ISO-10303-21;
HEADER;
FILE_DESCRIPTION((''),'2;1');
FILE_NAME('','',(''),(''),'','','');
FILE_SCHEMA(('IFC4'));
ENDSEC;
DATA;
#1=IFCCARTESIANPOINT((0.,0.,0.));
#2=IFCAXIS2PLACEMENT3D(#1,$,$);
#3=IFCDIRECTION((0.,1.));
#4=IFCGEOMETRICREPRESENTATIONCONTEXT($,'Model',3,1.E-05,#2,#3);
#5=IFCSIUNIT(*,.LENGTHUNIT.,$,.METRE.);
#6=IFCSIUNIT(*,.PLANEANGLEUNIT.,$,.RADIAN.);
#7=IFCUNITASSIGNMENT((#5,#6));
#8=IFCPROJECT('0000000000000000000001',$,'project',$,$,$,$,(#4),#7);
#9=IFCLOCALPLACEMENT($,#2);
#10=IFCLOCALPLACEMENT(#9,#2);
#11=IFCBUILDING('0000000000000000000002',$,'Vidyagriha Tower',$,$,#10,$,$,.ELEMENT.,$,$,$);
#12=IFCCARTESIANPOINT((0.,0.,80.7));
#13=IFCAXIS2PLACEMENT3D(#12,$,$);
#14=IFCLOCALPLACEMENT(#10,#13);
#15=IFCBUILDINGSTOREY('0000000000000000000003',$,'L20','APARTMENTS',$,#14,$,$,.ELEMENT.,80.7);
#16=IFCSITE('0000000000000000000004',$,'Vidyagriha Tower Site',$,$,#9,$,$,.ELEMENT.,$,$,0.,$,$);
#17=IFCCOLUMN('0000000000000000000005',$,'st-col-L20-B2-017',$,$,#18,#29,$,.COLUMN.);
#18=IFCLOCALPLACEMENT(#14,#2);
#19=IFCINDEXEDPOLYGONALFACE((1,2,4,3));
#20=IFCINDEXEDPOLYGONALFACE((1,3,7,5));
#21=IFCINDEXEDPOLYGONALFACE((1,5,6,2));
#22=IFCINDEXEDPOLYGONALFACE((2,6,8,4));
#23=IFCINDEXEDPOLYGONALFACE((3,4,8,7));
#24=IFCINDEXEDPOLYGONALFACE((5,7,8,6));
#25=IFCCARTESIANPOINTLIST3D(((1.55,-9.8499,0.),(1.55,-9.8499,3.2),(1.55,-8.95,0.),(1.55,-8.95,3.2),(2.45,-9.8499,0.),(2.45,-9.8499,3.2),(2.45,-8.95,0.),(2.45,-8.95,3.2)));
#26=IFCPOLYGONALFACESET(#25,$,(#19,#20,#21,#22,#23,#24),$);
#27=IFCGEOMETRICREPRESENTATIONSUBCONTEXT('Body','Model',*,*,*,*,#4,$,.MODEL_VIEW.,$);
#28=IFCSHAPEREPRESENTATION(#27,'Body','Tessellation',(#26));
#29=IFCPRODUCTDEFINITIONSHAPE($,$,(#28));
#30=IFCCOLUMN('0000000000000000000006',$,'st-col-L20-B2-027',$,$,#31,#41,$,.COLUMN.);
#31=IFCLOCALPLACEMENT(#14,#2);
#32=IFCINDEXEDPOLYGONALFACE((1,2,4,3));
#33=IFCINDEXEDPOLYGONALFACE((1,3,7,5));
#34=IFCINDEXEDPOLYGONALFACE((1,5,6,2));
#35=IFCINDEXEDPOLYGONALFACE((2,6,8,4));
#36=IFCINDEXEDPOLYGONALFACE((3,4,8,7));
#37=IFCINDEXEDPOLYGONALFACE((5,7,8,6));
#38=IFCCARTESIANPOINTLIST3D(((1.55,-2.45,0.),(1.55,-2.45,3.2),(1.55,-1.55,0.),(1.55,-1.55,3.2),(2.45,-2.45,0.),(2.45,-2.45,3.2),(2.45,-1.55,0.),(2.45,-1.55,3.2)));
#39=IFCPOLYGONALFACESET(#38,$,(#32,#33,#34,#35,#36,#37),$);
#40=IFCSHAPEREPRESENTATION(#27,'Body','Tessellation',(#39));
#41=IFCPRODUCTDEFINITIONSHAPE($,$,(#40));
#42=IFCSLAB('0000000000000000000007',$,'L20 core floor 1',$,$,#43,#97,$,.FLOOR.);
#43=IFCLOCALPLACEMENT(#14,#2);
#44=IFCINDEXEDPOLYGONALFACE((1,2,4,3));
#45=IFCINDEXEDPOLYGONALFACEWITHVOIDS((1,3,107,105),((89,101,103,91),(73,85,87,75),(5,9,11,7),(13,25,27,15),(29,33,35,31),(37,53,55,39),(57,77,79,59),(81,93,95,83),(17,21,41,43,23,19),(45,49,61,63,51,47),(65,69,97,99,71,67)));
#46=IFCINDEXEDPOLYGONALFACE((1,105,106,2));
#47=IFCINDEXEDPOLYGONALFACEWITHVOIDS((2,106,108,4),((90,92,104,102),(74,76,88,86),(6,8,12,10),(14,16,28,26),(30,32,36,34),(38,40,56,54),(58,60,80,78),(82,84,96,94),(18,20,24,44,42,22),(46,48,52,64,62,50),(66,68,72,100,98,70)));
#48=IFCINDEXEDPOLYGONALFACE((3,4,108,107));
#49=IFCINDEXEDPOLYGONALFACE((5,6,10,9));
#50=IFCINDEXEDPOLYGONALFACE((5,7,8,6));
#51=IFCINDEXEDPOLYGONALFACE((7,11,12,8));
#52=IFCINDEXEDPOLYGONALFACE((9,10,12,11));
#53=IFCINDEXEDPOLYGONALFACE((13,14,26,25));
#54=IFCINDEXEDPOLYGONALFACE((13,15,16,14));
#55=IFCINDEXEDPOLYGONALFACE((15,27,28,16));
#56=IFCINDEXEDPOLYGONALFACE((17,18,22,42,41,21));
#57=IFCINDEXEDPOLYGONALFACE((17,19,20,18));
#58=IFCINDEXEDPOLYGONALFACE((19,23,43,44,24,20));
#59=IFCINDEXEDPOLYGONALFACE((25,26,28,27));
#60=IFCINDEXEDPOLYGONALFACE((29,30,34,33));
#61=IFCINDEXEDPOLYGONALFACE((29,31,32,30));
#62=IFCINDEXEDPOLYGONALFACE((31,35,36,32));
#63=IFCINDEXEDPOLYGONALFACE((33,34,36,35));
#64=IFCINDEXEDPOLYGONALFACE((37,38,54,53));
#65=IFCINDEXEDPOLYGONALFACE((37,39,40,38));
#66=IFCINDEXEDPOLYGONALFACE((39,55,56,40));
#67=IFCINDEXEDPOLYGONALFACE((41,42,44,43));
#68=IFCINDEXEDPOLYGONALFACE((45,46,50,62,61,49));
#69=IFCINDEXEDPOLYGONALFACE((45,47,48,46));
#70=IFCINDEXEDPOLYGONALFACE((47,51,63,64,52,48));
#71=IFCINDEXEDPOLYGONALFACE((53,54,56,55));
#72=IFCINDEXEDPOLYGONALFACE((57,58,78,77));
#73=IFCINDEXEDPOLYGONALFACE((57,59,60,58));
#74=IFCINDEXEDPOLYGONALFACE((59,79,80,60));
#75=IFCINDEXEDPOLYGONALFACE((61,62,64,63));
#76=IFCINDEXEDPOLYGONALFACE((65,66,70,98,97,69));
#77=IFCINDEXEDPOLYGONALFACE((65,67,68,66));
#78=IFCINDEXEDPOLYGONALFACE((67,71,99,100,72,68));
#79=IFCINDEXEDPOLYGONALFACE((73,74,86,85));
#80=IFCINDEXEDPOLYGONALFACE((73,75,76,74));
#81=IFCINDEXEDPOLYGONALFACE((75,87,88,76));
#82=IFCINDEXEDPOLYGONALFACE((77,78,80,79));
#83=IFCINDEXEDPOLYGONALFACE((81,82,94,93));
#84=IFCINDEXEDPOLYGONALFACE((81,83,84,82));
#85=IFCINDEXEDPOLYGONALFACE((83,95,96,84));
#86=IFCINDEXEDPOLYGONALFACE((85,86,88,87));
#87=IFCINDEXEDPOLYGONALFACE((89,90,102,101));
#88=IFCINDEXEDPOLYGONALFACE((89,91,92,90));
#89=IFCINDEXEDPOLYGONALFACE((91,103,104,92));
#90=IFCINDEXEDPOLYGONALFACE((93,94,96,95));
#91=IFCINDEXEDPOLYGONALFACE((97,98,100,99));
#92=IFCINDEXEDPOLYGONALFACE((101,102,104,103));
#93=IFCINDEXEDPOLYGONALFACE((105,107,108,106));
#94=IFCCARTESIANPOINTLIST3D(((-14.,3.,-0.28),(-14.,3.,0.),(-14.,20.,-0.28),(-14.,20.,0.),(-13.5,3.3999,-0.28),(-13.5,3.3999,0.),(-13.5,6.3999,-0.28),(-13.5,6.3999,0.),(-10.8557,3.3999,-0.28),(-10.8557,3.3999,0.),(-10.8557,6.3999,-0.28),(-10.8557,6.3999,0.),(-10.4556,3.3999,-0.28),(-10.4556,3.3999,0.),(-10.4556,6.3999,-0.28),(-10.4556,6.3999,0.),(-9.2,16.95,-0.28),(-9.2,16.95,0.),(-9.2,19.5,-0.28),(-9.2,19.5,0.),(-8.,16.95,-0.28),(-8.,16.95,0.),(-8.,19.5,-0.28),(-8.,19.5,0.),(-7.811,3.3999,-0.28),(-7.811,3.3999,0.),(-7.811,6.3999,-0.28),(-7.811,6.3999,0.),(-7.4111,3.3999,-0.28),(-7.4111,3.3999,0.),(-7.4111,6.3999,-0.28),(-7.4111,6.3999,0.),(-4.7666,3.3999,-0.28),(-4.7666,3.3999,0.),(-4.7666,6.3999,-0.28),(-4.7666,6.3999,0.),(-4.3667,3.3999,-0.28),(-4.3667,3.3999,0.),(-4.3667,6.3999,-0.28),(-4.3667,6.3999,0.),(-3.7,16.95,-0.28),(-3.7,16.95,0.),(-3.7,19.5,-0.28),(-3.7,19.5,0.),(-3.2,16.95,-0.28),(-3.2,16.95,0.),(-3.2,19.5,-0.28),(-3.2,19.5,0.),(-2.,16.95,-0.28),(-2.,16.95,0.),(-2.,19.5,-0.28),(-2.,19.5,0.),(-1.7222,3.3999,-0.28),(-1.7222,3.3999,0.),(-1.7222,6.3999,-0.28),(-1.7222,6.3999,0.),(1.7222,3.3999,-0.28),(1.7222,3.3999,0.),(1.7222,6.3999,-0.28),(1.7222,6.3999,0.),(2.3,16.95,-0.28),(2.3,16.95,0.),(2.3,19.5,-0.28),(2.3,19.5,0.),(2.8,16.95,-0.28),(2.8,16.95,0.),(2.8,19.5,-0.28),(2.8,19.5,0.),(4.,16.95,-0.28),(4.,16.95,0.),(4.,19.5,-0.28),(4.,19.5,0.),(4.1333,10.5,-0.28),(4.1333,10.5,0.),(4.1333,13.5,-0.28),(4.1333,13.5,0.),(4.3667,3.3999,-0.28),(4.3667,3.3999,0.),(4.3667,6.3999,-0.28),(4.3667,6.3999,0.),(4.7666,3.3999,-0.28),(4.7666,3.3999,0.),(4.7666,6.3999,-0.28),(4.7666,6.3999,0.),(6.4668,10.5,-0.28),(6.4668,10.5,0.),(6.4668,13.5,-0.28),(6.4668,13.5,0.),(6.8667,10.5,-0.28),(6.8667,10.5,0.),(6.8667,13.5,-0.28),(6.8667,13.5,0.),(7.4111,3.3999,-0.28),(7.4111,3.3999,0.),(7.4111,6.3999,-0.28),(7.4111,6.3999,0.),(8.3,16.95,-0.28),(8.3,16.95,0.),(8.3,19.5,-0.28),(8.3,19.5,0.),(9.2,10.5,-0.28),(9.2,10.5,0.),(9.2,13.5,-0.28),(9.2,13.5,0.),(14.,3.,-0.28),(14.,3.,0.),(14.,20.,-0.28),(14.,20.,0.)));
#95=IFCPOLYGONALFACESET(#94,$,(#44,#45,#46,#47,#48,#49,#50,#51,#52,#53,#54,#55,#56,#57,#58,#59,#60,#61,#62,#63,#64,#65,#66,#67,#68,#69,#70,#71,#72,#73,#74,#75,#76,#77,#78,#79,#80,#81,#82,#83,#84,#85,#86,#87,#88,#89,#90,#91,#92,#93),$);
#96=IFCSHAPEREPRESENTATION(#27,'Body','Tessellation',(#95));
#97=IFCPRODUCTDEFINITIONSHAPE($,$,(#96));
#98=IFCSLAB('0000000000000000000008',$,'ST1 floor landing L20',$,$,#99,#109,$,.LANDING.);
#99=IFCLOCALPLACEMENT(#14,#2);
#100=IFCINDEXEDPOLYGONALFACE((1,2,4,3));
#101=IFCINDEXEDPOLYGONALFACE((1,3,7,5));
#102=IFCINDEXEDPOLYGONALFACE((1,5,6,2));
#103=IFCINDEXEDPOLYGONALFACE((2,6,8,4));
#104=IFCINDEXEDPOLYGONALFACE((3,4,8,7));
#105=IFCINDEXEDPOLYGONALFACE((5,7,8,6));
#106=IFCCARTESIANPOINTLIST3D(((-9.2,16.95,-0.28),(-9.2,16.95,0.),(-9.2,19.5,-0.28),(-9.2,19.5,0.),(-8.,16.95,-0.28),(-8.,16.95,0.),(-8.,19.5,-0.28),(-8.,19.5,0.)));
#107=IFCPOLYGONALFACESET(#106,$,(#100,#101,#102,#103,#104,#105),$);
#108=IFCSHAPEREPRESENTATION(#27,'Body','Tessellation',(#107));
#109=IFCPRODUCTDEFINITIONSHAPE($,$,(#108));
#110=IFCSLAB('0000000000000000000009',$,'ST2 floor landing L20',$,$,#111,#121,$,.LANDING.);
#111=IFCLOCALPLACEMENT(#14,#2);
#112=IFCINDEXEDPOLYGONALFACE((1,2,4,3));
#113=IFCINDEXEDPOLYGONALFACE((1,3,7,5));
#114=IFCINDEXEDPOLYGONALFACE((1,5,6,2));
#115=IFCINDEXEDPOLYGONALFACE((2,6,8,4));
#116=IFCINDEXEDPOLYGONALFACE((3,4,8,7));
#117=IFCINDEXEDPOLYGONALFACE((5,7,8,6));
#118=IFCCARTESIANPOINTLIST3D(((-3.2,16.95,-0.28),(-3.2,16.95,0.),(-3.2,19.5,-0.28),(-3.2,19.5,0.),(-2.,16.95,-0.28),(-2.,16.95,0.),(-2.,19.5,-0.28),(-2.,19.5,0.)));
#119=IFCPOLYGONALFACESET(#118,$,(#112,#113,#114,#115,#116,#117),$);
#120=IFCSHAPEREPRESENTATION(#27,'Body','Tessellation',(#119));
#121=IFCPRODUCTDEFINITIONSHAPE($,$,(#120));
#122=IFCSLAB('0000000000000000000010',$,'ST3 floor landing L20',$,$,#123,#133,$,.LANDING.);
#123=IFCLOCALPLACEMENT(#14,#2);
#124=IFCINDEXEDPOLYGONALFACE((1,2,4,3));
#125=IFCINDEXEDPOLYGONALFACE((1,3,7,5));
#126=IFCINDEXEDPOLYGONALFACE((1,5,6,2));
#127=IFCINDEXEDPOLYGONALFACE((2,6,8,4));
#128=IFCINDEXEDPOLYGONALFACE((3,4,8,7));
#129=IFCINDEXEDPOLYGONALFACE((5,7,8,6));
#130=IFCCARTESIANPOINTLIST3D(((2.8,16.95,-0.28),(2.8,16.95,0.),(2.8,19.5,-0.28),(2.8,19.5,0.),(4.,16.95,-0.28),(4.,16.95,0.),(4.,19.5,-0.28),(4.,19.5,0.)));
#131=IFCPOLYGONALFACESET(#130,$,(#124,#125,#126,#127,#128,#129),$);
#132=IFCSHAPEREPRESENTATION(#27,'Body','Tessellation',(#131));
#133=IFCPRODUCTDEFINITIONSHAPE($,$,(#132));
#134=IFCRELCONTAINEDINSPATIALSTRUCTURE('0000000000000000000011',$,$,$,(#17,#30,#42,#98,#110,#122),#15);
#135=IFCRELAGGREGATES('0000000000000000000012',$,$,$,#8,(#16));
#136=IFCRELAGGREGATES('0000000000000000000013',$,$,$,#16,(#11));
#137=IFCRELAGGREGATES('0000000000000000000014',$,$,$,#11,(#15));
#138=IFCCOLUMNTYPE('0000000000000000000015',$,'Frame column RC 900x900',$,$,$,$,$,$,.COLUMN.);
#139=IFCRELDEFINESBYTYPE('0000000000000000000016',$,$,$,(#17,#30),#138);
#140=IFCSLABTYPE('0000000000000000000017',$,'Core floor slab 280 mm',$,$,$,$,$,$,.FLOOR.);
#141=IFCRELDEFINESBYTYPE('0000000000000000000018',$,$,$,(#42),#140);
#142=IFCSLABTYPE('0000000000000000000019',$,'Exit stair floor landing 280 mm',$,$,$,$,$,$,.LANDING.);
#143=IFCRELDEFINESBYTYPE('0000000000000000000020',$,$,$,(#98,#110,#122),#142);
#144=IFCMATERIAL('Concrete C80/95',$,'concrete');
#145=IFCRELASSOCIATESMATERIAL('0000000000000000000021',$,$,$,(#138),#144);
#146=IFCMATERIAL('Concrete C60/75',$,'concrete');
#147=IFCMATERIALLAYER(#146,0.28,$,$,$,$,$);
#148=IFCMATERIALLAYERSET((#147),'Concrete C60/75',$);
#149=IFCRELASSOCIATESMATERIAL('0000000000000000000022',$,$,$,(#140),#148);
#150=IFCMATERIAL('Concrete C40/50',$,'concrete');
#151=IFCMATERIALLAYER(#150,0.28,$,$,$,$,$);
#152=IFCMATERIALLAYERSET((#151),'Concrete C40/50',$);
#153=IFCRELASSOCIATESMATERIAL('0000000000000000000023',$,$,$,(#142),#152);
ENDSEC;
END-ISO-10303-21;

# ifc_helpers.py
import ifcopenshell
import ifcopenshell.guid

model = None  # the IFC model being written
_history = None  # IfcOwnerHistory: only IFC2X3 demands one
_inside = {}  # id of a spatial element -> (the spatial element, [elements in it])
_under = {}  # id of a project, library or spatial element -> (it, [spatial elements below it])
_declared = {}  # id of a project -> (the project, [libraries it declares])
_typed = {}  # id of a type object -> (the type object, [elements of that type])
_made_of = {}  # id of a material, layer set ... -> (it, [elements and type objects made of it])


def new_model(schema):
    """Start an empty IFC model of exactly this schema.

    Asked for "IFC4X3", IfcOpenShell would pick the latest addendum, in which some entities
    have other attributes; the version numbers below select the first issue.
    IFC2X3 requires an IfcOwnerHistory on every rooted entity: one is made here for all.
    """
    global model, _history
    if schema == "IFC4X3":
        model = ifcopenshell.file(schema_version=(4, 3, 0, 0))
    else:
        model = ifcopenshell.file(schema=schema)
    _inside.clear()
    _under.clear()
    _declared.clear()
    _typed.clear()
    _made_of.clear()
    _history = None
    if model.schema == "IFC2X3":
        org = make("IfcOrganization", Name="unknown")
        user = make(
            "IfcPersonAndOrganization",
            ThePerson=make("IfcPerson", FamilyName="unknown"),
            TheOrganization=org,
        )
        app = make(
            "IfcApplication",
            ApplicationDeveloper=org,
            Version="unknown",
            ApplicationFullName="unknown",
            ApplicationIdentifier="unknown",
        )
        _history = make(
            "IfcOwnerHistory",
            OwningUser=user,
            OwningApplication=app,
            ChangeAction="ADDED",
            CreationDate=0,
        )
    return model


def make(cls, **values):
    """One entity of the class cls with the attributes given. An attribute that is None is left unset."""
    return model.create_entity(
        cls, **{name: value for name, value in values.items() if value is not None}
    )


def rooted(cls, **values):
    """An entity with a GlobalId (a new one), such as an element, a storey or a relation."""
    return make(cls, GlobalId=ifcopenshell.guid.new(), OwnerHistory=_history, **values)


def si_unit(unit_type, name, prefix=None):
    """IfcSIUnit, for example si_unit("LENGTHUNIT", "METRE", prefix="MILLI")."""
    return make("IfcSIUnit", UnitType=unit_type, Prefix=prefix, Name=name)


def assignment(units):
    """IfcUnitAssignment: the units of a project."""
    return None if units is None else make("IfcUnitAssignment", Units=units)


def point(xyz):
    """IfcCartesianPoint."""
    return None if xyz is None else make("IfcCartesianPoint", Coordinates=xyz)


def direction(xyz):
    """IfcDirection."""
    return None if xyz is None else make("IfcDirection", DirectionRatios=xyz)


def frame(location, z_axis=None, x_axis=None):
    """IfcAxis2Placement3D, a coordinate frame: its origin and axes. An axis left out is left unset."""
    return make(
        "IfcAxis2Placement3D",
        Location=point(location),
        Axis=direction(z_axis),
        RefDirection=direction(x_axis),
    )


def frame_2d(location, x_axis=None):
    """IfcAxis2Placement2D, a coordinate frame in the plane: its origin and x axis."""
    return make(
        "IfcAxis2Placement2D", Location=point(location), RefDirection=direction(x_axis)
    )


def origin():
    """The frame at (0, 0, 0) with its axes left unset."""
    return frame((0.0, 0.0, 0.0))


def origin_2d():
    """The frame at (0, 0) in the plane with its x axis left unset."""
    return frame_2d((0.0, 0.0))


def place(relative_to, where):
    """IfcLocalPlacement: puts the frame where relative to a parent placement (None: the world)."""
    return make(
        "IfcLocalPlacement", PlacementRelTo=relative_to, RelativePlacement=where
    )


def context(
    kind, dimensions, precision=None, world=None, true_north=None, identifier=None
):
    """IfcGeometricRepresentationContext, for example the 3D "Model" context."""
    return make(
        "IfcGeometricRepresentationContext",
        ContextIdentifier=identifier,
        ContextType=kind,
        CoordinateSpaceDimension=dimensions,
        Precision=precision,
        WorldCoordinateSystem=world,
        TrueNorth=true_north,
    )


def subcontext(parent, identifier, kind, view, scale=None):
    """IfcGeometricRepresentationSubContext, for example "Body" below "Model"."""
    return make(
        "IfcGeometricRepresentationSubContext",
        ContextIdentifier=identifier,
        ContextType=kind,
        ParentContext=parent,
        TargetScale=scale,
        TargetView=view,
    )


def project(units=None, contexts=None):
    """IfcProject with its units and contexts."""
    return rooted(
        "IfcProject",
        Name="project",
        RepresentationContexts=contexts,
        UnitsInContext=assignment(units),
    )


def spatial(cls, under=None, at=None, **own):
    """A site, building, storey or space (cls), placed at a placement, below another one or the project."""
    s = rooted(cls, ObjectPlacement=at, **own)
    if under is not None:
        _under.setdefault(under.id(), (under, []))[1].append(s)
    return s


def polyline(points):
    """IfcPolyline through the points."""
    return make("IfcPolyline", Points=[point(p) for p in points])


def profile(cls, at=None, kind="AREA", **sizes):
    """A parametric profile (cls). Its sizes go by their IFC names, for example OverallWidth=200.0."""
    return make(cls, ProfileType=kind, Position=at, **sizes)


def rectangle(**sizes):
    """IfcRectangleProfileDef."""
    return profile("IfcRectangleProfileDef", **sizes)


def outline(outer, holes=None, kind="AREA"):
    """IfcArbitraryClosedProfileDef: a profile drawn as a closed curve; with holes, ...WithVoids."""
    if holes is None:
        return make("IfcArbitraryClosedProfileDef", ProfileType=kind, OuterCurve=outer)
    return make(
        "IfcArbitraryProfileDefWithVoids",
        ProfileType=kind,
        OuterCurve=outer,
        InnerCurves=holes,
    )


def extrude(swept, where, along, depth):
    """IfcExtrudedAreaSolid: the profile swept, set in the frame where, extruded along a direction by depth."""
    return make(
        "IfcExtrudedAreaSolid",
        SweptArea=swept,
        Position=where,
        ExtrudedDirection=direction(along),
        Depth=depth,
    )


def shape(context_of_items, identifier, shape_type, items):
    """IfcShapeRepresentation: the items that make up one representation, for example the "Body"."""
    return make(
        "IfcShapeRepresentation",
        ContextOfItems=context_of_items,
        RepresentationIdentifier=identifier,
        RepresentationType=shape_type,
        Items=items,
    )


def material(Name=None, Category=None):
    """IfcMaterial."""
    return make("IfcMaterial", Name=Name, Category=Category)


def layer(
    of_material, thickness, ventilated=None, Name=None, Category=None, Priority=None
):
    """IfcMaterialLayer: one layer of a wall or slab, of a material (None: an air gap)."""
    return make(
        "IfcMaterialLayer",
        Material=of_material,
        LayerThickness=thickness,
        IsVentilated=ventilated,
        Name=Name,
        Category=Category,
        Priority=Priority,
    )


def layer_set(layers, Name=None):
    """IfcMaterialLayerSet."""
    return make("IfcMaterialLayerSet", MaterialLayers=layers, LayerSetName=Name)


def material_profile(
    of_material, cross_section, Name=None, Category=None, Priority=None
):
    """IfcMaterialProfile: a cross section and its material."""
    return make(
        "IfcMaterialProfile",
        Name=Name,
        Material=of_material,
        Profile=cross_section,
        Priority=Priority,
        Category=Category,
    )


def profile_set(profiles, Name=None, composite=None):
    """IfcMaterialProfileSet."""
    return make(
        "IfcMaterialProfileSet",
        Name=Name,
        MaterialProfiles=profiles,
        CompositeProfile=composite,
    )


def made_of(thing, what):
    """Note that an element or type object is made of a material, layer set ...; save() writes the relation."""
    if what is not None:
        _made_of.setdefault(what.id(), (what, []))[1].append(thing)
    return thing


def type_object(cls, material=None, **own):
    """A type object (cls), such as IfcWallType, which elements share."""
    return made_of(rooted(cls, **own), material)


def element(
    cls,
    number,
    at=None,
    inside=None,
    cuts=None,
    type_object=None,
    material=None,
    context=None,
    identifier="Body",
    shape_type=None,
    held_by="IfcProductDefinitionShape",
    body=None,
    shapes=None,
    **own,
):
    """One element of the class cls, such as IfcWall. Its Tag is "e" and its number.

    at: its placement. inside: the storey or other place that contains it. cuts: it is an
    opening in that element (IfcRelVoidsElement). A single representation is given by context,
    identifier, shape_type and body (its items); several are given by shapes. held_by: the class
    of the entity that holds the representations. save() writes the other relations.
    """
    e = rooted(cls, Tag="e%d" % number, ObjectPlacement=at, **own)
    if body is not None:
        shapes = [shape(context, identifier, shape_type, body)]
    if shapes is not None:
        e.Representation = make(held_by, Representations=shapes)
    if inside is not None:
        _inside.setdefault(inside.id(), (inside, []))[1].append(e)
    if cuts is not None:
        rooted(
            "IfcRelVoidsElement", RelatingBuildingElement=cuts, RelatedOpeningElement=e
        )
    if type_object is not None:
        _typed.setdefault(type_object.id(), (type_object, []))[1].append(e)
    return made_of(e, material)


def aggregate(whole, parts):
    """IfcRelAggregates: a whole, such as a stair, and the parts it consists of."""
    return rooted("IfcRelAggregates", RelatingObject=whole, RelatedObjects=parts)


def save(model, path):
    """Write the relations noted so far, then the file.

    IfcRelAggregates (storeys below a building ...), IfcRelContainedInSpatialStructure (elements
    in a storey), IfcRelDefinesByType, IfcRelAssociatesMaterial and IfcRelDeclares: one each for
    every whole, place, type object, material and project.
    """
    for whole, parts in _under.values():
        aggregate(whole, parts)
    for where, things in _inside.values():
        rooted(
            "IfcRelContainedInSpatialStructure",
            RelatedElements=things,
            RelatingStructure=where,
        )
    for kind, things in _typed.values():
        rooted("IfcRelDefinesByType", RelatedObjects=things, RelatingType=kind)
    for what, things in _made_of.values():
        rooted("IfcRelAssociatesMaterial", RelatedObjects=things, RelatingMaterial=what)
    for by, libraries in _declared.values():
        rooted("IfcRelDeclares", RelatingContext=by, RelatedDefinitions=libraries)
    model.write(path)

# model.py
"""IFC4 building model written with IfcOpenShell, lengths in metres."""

from ifc_helpers import new_model, si_unit, direction, frame, origin, origin_2d, place, context, subcontext, project, spatial, polyline, rectangle, outline, extrude, material, layer, layer_set, material_profile, profile_set, type_object, element, save


model = new_model("IFC4")

# Units and contexts
model_context = context("Model", 3, precision=1e-05, world=origin(), true_north=direction((0.0, 1.0)))
body_context = subcontext(model_context, "Body", "Model", "MODEL_VIEW")
ifc_project = project(units=[si_unit("LENGTHUNIT", "METRE"), si_unit("PLANEANGLEUNIT", "RADIAN")], contexts=[model_context])

# Site, building, storey
site_placement = place(None, origin())
site = spatial("IfcSite", under=ifc_project, at=site_placement, Name="Vidyagriha Tower Site", CompositionType="ELEMENT", RefElevation=0.0)
building_placement = place(site_placement, origin())
building = spatial("IfcBuilding", under=site, at=building_placement, Name="Vidyagriha Tower", CompositionType="ELEMENT")
storey_placement = place(building_placement, frame((0.0, 0.0, 80.7)))
storey = spatial("IfcBuildingStorey", under=building, at=storey_placement, Name="L20", Description="APARTMENTS", CompositionType="ELEMENT", Elevation=80.7)

# Columns
ifc_material_1 = material(Name="Concrete C80/95", Category="concrete")
ifc_material_profile = material_profile(ifc_material_1, rectangle(XDim=0.8999, YDim=0.8999, at=origin_2d()), Name="RC 900x900")
ifc_profile_set = profile_set([ifc_material_profile], Name="Concrete C80/95")
column_type = type_object("IfcColumnType", Name="Frame column RC 900x900", PredefinedType="COLUMN", material=ifc_profile_set)
for number, where, name in (
    (1, (2.0, -9.3999, 0.0), "st-col-L20-B2-017"),
    (2, (2.0, -2.0, 0.0), "st-col-L20-B2-027"),
):
    element("IfcColumn", number, at=place(storey_placement, frame(where)), inside=storey, type_object=column_type, Name=name, PredefinedType="COLUMN", context=body_context, shape_type="SweptSolid", body=[
        extrude(rectangle(XDim=0.8999, YDim=0.8999, at=origin_2d()), origin(), (0.0, 0.0, 1.0), 3.2),
    ])

# Slabs
ifc_material_2 = material(Name="Concrete C60/75", Category="concrete")
ifc_layer_1 = layer(ifc_material_2, 0.28)
ifc_layer_set_1 = layer_set([ifc_layer_1], Name="Concrete C60/75")
slab_type_1 = type_object("IfcSlabType", Name="Core floor slab 280 mm", PredefinedType="FLOOR", material=ifc_layer_set_1)
slab_1_placement = place(storey_placement, frame((0.0, 0.0, -0.28)))
element("IfcSlab", 3, at=slab_1_placement, inside=storey, type_object=slab_type_1, Name="L20 core floor 1", PredefinedType="FLOOR", context=body_context, shape_type="SweptSolid", body=[
    extrude(outline(polyline([(-14.0, 3.0), (-14.0, 20.0), (14.0, 20.0), (14.0, 3.0), (-14.0, 3.0)]), holes=[polyline([(9.2, 13.5), (6.8667, 13.5), (6.8667, 10.5), (9.2, 10.5), (9.2, 13.5)]), polyline([(4.0, 19.5), (2.8, 19.5), (2.8, 16.95), (4.0, 16.95), (8.3, 16.95), (8.3, 19.5), (4.0, 19.5)]), polyline([(7.4111, 6.3999), (4.7666, 6.3999), (4.7666, 3.3999), (7.4111, 3.3999), (7.4111, 6.3999)]), polyline([(6.4668, 13.5), (4.1333, 13.5), (4.1333, 10.5), (6.4668, 10.5), (6.4668, 13.5)]), polyline([(1.7222, 6.3999), (1.7222, 3.3999), (4.3667, 3.3999), (4.3667, 6.3999), (1.7222, 6.3999)]), polyline([(-2.0, 16.95), (2.3, 16.95), (2.3, 19.5), (-2.0, 19.5), (-3.2, 19.5), (-3.2, 16.95), (-2.0, 16.95)]), polyline([(-1.7222, 6.3999), (-4.3667, 6.3999), (-4.3667, 3.3999), (-1.7222, 3.3999), (-1.7222, 6.3999)]), polyline([(-8.0, 19.5), (-9.2, 19.5), (-9.2, 16.95), (-8.0, 16.95), (-3.7, 16.95), (-3.7, 19.5), (-8.0, 19.5)]), polyline([(-4.7666, 6.3999), (-7.4111, 6.3999), (-7.4111, 3.3999), (-4.7666, 3.3999), (-4.7666, 6.3999)]), polyline([(-7.811, 6.3999), (-10.4556, 6.3999), (-10.4556, 3.3999), (-7.811, 3.3999), (-7.811, 6.3999)]), polyline([(-13.5, 6.3999), (-13.5, 3.3999), (-10.8557, 3.3999), (-10.8557, 6.3999), (-13.5, 6.3999)])]), origin(), (0.0, 0.0, 1.0), 0.28),
])
ifc_material_3 = material(Name="Concrete C40/50", Category="concrete")
ifc_layer_2 = layer(ifc_material_3, 0.28)
ifc_layer_set_2 = layer_set([ifc_layer_2], Name="Concrete C40/50")
slab_type_2 = type_object("IfcSlabType", Name="Exit stair floor landing 280 mm", PredefinedType="LANDING", material=ifc_layer_set_2)
slab_2_placement = place(storey_placement, frame((0.0, 0.0, -0.28)))
element("IfcSlab", 4, at=slab_2_placement, inside=storey, type_object=slab_type_2, Name="ST1 floor landing L20", PredefinedType="LANDING", context=body_context, shape_type="SweptSolid", body=[
    extrude(outline(polyline([(-9.2, 16.95), (-8.0, 16.95), (-8.0, 19.5), (-9.2, 19.5), (-9.2, 16.95)])), origin(), (0.0, 0.0, 1.0), 0.28),
])
slab_3_placement = place(storey_placement, frame((0.0, 0.0, -0.28)))
element("IfcSlab", 5, at=slab_3_placement, inside=storey, type_object=slab_type_2, Name="ST2 floor landing L20", PredefinedType="LANDING", context=body_context, shape_type="SweptSolid", body=[
    extrude(outline(polyline([(-3.2, 16.95), (-2.0, 16.95), (-2.0, 19.5), (-3.2, 19.5), (-3.2, 16.95)])), origin(), (0.0, 0.0, 1.0), 0.28),
])
slab_4_placement = place(storey_placement, frame((0.0, 0.0, -0.28)))
element("IfcSlab", 6, at=slab_4_placement, inside=storey, type_object=slab_type_2, Name="ST3 floor landing L20", PredefinedType="LANDING", context=body_context, shape_type="SweptSolid", body=[
    extrude(outline(polyline([(2.8, 16.95), (4.0, 16.95), (4.0, 19.5), (2.8, 19.5), (2.8, 16.95)])), origin(), (0.0, 0.0, 1.0), 0.28),
])

save(model, "model.ifc")
